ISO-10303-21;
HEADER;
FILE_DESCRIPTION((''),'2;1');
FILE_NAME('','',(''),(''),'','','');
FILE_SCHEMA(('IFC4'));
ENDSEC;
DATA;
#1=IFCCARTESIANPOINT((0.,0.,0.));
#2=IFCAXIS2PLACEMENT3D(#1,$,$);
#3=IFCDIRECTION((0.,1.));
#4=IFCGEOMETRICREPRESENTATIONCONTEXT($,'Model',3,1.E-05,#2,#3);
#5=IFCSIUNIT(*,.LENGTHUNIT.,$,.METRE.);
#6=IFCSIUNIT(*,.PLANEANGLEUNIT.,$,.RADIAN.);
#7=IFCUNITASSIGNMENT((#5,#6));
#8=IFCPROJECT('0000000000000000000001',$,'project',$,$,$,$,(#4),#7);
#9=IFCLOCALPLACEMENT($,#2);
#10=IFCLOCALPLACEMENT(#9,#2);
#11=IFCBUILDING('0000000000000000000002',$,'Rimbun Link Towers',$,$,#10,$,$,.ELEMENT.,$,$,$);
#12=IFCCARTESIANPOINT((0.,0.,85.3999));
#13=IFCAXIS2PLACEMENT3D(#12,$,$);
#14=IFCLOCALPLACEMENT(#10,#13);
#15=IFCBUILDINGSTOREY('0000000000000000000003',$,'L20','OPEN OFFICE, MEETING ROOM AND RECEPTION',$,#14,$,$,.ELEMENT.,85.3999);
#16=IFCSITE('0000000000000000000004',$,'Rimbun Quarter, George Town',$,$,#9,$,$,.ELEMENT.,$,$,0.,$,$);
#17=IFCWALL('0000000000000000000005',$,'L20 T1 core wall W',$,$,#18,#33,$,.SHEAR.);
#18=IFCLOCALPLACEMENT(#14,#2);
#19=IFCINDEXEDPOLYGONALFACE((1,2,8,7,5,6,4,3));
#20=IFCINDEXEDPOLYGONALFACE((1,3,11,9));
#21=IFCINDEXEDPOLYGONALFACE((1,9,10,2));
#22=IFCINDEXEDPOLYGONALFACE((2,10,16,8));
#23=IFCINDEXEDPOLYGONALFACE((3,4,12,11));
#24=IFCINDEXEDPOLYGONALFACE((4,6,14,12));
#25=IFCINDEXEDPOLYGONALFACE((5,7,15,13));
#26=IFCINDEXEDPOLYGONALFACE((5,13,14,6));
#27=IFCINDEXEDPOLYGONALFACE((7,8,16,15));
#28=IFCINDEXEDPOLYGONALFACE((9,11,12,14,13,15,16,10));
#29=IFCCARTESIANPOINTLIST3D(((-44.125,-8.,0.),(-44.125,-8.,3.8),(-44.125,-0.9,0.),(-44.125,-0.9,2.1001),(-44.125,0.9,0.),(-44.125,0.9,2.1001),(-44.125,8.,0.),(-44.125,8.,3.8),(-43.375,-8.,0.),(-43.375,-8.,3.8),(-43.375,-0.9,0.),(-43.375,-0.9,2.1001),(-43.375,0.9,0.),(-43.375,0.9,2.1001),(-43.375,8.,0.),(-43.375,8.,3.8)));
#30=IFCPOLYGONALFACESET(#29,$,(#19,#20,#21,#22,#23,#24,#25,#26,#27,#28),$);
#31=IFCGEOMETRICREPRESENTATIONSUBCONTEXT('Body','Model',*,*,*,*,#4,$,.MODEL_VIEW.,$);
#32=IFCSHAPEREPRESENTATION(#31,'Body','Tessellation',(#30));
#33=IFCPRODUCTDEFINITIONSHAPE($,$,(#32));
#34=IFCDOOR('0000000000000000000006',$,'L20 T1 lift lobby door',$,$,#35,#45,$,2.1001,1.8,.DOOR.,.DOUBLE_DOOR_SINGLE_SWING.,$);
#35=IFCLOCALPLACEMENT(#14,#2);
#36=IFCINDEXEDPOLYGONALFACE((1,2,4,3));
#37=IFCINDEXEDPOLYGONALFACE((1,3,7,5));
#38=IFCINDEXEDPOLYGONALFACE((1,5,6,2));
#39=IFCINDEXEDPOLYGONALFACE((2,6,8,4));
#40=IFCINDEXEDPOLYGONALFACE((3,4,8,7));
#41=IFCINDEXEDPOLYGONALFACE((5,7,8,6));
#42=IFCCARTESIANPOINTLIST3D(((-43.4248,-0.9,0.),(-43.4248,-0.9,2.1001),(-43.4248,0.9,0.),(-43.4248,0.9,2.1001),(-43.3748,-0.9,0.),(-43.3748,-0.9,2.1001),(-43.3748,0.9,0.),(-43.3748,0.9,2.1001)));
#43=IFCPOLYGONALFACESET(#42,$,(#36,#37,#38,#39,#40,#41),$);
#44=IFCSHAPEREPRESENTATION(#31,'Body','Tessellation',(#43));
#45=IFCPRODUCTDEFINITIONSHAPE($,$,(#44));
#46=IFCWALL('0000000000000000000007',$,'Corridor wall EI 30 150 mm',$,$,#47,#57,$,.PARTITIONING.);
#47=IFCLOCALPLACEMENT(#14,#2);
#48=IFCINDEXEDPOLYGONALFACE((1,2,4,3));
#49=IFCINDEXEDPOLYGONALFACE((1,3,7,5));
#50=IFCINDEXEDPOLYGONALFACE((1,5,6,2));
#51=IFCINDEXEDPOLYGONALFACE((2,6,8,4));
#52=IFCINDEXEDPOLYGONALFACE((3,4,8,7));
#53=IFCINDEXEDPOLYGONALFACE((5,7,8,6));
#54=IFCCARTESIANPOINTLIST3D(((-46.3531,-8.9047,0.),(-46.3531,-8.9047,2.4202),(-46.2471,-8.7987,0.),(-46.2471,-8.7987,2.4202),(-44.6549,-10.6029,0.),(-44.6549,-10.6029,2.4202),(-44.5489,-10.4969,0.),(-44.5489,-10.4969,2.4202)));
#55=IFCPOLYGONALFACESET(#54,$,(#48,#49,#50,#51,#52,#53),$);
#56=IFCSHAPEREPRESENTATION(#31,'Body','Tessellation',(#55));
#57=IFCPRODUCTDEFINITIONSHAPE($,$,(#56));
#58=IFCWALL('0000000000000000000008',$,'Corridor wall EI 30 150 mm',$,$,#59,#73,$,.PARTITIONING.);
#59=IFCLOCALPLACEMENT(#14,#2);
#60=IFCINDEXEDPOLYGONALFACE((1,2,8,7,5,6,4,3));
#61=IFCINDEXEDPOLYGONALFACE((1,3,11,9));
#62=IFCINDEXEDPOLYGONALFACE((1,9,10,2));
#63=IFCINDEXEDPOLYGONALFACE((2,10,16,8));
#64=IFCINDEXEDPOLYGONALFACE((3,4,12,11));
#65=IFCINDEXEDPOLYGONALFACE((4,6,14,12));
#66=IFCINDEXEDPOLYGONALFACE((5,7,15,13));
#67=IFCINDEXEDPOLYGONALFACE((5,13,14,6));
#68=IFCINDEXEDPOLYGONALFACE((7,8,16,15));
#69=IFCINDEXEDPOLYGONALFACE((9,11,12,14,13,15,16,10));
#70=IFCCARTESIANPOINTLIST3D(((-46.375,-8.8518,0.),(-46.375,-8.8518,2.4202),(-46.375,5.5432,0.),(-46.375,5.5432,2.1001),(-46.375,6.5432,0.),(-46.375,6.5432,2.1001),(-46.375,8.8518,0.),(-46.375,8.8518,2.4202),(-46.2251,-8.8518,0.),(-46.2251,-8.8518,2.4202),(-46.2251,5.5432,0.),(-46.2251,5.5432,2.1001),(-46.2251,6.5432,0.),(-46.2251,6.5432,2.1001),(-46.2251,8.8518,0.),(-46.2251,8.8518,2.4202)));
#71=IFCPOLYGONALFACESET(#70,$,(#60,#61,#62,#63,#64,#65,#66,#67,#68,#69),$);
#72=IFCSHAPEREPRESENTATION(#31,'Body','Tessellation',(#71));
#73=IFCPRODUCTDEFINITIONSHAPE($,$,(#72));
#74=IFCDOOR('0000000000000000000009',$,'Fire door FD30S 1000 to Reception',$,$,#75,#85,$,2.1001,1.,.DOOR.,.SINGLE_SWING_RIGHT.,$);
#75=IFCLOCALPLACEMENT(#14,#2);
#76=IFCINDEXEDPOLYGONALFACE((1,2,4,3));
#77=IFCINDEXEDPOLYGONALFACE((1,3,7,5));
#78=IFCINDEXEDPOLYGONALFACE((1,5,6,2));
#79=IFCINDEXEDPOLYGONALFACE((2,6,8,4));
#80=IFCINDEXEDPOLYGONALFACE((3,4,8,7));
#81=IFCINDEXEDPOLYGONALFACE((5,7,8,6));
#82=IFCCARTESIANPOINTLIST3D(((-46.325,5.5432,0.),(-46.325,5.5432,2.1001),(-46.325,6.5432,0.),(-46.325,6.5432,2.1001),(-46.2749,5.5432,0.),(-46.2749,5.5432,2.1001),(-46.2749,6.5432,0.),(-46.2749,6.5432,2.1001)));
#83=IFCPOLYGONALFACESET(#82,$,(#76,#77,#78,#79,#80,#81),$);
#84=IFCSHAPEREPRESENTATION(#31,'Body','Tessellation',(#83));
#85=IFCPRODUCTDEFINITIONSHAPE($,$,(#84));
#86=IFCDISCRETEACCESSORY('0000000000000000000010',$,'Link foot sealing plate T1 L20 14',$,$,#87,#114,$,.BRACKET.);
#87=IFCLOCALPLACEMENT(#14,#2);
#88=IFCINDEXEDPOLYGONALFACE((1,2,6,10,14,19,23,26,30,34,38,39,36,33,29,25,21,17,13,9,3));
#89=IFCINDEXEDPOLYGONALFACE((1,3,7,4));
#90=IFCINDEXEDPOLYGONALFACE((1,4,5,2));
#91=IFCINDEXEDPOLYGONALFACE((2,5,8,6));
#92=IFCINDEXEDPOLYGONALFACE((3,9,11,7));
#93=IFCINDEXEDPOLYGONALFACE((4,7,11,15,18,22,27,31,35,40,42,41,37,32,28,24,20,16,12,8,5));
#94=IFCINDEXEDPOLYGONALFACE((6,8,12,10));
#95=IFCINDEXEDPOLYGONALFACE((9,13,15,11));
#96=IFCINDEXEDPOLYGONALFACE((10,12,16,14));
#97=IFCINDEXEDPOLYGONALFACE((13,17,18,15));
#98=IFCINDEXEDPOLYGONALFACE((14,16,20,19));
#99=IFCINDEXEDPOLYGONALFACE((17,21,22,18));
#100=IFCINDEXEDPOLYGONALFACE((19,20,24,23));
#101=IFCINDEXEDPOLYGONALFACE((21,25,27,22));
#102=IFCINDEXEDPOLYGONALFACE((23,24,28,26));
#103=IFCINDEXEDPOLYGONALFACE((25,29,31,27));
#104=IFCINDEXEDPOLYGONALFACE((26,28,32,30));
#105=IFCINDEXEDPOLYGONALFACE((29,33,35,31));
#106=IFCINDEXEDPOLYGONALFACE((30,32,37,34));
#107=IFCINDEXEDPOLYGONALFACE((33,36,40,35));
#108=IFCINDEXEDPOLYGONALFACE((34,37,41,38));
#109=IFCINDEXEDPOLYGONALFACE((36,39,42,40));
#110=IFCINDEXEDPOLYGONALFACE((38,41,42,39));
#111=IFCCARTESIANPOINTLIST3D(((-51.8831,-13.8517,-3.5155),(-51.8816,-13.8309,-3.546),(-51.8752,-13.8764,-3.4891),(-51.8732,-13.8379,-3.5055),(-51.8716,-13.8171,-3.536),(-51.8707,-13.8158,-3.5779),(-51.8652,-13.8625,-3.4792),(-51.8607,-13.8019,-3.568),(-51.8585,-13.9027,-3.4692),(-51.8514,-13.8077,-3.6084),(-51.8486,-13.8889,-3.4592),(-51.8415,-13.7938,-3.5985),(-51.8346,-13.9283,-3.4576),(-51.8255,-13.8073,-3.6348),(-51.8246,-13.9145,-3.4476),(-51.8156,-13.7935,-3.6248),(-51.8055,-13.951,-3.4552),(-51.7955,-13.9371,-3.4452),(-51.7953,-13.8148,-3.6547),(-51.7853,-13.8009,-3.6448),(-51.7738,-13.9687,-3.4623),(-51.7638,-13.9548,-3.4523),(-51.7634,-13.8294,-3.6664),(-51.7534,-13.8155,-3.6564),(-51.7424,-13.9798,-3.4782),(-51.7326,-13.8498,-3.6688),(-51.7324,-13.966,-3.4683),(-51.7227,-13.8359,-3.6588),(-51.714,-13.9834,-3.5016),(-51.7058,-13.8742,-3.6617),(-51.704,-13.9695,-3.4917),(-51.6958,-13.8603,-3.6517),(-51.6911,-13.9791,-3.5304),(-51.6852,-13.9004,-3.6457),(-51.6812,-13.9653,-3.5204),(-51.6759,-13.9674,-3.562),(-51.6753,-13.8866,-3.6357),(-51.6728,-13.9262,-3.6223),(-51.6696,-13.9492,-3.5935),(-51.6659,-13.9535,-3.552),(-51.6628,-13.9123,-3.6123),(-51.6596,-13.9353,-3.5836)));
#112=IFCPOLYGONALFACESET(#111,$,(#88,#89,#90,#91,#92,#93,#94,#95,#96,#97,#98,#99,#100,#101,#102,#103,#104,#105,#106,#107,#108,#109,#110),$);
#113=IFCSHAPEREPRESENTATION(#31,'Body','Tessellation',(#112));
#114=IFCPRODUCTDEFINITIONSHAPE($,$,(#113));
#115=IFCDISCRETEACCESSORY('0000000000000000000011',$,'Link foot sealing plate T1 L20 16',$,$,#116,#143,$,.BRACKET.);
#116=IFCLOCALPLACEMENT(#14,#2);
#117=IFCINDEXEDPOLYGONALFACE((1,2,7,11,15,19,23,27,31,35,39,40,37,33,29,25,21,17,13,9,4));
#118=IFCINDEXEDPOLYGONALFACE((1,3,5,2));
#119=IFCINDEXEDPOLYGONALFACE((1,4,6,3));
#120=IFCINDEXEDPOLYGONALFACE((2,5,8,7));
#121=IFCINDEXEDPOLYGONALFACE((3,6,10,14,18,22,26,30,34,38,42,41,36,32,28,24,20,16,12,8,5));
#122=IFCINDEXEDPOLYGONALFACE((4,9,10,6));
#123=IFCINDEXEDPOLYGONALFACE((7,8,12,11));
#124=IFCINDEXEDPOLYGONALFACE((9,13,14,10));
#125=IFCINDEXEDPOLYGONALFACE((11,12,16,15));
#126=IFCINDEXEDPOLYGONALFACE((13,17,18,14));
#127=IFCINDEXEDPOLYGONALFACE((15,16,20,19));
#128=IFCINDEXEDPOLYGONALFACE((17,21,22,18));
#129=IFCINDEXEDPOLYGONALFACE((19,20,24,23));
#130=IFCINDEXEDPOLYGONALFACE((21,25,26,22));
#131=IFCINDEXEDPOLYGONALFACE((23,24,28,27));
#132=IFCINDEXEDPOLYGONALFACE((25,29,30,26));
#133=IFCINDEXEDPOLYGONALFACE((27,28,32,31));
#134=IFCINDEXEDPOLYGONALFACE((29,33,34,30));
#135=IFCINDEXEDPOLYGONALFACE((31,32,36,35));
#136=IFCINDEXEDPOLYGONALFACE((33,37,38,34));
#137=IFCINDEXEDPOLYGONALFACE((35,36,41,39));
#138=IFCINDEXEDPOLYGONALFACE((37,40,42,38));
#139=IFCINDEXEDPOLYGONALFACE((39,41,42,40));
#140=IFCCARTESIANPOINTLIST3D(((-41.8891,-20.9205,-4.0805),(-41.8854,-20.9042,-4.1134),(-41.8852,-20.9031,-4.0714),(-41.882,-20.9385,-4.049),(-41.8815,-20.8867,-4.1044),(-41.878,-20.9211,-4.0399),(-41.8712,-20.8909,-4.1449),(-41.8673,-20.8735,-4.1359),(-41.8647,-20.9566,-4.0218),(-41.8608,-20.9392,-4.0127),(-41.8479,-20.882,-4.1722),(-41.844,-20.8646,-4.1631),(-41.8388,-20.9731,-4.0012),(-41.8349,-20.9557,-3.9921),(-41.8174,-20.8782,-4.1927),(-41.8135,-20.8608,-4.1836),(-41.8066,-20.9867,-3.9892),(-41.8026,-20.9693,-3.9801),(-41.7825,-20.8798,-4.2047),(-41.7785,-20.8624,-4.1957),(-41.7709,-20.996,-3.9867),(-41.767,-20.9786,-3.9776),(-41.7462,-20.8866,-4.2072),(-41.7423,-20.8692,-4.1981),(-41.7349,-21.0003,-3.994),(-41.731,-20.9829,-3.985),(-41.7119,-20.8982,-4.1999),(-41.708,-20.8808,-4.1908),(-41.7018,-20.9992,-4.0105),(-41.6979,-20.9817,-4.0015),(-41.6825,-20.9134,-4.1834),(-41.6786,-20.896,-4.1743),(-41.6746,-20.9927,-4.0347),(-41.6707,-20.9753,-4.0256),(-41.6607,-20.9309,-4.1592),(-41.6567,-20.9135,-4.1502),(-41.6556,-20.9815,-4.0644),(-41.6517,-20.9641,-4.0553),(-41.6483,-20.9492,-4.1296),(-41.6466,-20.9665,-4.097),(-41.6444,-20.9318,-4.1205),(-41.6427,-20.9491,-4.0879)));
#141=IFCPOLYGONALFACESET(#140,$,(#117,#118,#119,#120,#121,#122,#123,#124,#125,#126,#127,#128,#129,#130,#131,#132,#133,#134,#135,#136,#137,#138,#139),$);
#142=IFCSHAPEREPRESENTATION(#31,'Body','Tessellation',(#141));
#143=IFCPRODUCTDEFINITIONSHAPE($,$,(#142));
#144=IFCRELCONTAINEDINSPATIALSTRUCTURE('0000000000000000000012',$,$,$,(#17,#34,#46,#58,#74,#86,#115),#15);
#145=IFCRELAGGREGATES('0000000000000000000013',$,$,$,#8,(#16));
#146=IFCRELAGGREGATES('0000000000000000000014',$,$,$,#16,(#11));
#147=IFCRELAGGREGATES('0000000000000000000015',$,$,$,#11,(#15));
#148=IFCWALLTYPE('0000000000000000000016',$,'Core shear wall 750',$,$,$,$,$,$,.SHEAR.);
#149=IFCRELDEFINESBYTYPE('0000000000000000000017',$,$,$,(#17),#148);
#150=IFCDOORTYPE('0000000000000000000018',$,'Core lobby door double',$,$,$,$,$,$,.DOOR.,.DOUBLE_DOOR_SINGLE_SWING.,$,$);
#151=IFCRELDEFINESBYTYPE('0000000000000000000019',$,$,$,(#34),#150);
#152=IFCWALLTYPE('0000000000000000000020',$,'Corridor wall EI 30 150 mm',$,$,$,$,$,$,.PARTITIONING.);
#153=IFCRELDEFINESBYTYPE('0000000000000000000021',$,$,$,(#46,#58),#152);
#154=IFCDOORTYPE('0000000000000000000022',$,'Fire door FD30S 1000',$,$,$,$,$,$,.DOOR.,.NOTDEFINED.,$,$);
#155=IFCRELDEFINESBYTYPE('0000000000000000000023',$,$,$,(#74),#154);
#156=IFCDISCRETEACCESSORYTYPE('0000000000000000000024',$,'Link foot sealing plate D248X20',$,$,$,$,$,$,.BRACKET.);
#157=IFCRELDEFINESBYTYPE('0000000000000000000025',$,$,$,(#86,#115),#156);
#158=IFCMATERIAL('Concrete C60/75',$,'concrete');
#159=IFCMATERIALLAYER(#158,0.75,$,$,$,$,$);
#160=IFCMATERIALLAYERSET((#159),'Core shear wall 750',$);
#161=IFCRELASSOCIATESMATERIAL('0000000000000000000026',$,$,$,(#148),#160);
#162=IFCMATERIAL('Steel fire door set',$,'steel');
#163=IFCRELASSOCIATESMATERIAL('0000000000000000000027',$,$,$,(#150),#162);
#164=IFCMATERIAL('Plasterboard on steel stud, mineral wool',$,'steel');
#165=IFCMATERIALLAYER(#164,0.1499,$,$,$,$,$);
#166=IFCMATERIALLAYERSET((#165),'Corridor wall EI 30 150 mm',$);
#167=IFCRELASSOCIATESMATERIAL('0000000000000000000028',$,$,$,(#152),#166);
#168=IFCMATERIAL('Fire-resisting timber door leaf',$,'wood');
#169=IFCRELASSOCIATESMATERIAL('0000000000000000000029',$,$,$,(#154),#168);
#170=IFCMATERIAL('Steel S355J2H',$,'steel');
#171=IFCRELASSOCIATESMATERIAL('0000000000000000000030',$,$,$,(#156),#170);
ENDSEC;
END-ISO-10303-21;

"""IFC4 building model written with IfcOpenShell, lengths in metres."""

from ifc_helpers import new_model, si_unit, direction, frame, frame_2d, origin, origin_2d, place, context, subcontext, project, spatial, rectangle, circle, extrude, material, layer, layer_set, material_profile, profile_set, type_object, element, fill, save


model = new_model("IFC4")

# Units and contexts
model_context = context("Model", 3, precision=1e-05, world=origin(), true_north=direction((0.0, 1.0)))
body_context = subcontext(model_context, "Body", "Model", "MODEL_VIEW")
ifc_project = project(units=[si_unit("LENGTHUNIT", "METRE"), si_unit("PLANEANGLEUNIT", "RADIAN")], contexts=[model_context])

# Site, building, storey
site_placement = place(None, origin())
site = spatial("IfcSite", under=ifc_project, at=site_placement, Name="Rimbun Quarter, George Town", CompositionType="ELEMENT", RefElevation=0.0)
building_placement = place(site_placement, origin())
building = spatial("IfcBuilding", under=site, at=building_placement, Name="Rimbun Link Towers", CompositionType="ELEMENT")
storey_placement = place(building_placement, frame((0.0, 0.0, 85.3999)))
storey = spatial("IfcBuildingStorey", under=building, at=storey_placement, Name="L20", Description="OPEN OFFICE, MEETING ROOM AND RECEPTION", CompositionType="ELEMENT", Elevation=85.3999)

# Shared definitions
ifc_material_1 = material(Name="Concrete C60/75", Category="concrete")
ifc_layer_1 = layer(ifc_material_1, 0.75)
ifc_layer_set_1 = layer_set([ifc_layer_1], Name="Core shear wall 750")
wall_type_1 = type_object("IfcWallType", Name="Core shear wall 750", PredefinedType="SHEAR", material=ifc_layer_set_1)

# Wall, opening, door
wall_1_placement = place(storey_placement, frame((-43.75, -8.0, 0.0), z_axis=(0.0, 0.0, 1.0), x_axis=(0.0, 1.0, 0.0)))
wall_1 = element("IfcWall", 1, at=wall_1_placement, inside=storey, type_object=wall_type_1, Name="L20 T1 core wall W", PredefinedType="SHEAR", context=body_context, shape_type="SweptSolid", body=[
    extrude(rectangle(XDim=16.0, YDim=0.75, at=frame_2d((8.0, 0.0))), origin(), (0.0, 0.0, 1.0), 3.8),
])
opening_1_placement = place(wall_1_placement, frame((7.1001, 0.0, 0.0)))
opening_1 = element("IfcOpeningElement", 2, at=opening_1_placement, cuts=wall_1, PredefinedType="OPENING", context=body_context, shape_type="SweptSolid", body=[
    extrude(rectangle(XDim=1.8, YDim=2.1001, at=frame_2d((0.8999, 1.05))), frame((0.0, 0.385, 0.0), z_axis=(0.0, -1.0, 0.0), x_axis=(1.0, 0.0, 0.0)), (0.0, 0.0, 1.0), 0.77),
])
ifc_material_2 = material(Name="Steel fire door set", Category="steel")
door_type_1 = type_object("IfcDoorType", Name="Core lobby door double", OperationType="DOUBLE_DOOR_SINGLE_SWING", PredefinedType="DOOR", material=ifc_material_2)
door_1_placement = place(opening_1_placement, origin())
door_1 = element("IfcDoor", 3, at=door_1_placement, inside=storey, type_object=door_type_1, Name="L20 T1 lift lobby door", OperationType="DOUBLE_DOOR_SINGLE_SWING", OverallHeight=2.1001, OverallWidth=1.8, PredefinedType="DOOR", context=body_context, shape_type="SweptSolid", body=[
    extrude(rectangle(XDim=1.8, YDim=2.1001, at=frame_2d((0.8999, 1.05))), frame((0.0, -0.3252, 0.0), z_axis=(0.0, -1.0, 0.0), x_axis=(1.0, 0.0, 0.0)), (0.0, 0.0, 1.0), 0.05),
])
fill(opening_1, door_1)

# Wall
ifc_material_3 = material(Name="Plasterboard on steel stud, mineral wool", Category="steel")
ifc_layer_2 = layer(ifc_material_3, 0.1499)
ifc_layer_set_2 = layer_set([ifc_layer_2], Name="Corridor wall EI 30 150 mm")
wall_type_2 = type_object("IfcWallType", Name="Corridor wall EI 30 150 mm", PredefinedType="PARTITIONING", material=ifc_layer_set_2)
wall_2_placement = place(storey_placement, frame((-46.3, -8.8518, 0.0), z_axis=(0.0, 0.0, 1.0), x_axis=(0.707107, -0.707107, 0.0)))
element("IfcWall", 4, at=wall_2_placement, inside=storey, type_object=wall_type_2, Name="Corridor wall EI 30 150 mm", PredefinedType="PARTITIONING", context=body_context, shape_type="SweptSolid", body=[
    extrude(rectangle(XDim=2.4016, YDim=0.1499, at=frame_2d((1.2007, 0.0))), origin(), (0.0, 0.0, 1.0), 2.4202),
])

# Wall, opening, door
wall_3_placement = place(storey_placement, frame((-46.3, -8.8518, 0.0), z_axis=(0.0, 0.0, 1.0), x_axis=(0.0, 1.0, 0.0)))
wall_3 = element("IfcWall", 5, at=wall_3_placement, inside=storey, type_object=wall_type_2, Name="Corridor wall EI 30 150 mm", PredefinedType="PARTITIONING", context=body_context, shape_type="SweptSolid", body=[
    extrude(rectangle(XDim=17.7036, YDim=0.1499, at=frame_2d((8.8518, 0.0))), origin(), (0.0, 0.0, 1.0), 2.4202),
])
opening_2_placement = place(wall_3_placement, frame((14.395, 0.0, 0.0)))
opening_2 = element("IfcOpeningElement", 6, at=opening_2_placement, cuts=wall_3, PredefinedType="OPENING", context=body_context, shape_type="SweptSolid", body=[
    extrude(rectangle(XDim=1.0, YDim=2.1001, at=frame_2d((0.5, 1.05))), frame((0.0, 0.085, 0.0), z_axis=(0.0, -1.0, 0.0), x_axis=(1.0, 0.0, 0.0)), (0.0, 0.0, 1.0), 0.1699),
])
ifc_material_4 = material(Name="Fire-resisting timber door leaf", Category="wood")
door_type_2 = type_object("IfcDoorType", Name="Fire door FD30S 1000", OperationType="NOTDEFINED", PredefinedType="DOOR", material=ifc_material_4)
door_2_placement = place(opening_2_placement, origin())
door_2 = element("IfcDoor", 7, at=door_2_placement, inside=storey, type_object=door_type_2, Name="Fire door FD30S 1000 to Reception", OperationType="SINGLE_SWING_RIGHT", OverallHeight=2.1001, OverallWidth=1.0, PredefinedType="DOOR", context=body_context, shape_type="SweptSolid", body=[
    extrude(rectangle(XDim=1.0, YDim=2.1001, at=frame_2d((0.5, 1.05))), frame((0.0, 0.0249, 0.0), z_axis=(0.0, -1.0, 0.0), x_axis=(1.0, 0.0, 0.0)), (0.0, 0.0, 1.0), 0.05),
])
fill(opening_2, door_2)

# Discrete accessories
ifc_material_5 = material(Name="Steel S355J2H", Category="steel")
ifc_material_profile_1 = material_profile(ifc_material_5, circle(Radius=0.124, at=origin_2d()), Name="PL D248")
ifc_profile_set_1 = profile_set([ifc_material_profile_1], Name="Steel S355J2H")
discrete_accessory_type = type_object("IfcDiscreteAccessoryType", Name="Link foot sealing plate D248X20", PredefinedType="BRACKET", material=ifc_profile_set_1)
discrete_accessory_1_placement = place(storey_placement, frame((-51.7666, -13.8811, -3.552), z_axis=(-0.504255, -0.701038, -0.504255), x_axis=(0.811804, -0.583929, 0.0)))
element("IfcDiscreteAccessory", 8, at=discrete_accessory_1_placement, inside=storey, type_object=discrete_accessory_type, Name="Link foot sealing plate T1 L20 14", PredefinedType="BRACKET", context=body_context, shape_type="SweptSolid", body=[
    extrude(circle(Radius=0.124, at=origin_2d()), origin(), (0.0, 0.0, 1.0), 0.0198),
])
discrete_accessory_2_placement = place(storey_placement, frame((-41.7637, -20.9219, -4.0879), z_axis=(-0.195969, -0.869612, -0.453178), x_axis=(0.975536, -0.219839, 0.0)))
element("IfcDiscreteAccessory", 9, at=discrete_accessory_2_placement, inside=storey, type_object=discrete_accessory_type, Name="Link foot sealing plate T1 L20 16", PredefinedType="BRACKET", context=body_context, shape_type="SweptSolid", body=[
    extrude(circle(Radius=0.124, at=origin_2d()), origin(), (0.0, 0.0, 1.0), 0.02),
])

save(model, "model.ifc")
